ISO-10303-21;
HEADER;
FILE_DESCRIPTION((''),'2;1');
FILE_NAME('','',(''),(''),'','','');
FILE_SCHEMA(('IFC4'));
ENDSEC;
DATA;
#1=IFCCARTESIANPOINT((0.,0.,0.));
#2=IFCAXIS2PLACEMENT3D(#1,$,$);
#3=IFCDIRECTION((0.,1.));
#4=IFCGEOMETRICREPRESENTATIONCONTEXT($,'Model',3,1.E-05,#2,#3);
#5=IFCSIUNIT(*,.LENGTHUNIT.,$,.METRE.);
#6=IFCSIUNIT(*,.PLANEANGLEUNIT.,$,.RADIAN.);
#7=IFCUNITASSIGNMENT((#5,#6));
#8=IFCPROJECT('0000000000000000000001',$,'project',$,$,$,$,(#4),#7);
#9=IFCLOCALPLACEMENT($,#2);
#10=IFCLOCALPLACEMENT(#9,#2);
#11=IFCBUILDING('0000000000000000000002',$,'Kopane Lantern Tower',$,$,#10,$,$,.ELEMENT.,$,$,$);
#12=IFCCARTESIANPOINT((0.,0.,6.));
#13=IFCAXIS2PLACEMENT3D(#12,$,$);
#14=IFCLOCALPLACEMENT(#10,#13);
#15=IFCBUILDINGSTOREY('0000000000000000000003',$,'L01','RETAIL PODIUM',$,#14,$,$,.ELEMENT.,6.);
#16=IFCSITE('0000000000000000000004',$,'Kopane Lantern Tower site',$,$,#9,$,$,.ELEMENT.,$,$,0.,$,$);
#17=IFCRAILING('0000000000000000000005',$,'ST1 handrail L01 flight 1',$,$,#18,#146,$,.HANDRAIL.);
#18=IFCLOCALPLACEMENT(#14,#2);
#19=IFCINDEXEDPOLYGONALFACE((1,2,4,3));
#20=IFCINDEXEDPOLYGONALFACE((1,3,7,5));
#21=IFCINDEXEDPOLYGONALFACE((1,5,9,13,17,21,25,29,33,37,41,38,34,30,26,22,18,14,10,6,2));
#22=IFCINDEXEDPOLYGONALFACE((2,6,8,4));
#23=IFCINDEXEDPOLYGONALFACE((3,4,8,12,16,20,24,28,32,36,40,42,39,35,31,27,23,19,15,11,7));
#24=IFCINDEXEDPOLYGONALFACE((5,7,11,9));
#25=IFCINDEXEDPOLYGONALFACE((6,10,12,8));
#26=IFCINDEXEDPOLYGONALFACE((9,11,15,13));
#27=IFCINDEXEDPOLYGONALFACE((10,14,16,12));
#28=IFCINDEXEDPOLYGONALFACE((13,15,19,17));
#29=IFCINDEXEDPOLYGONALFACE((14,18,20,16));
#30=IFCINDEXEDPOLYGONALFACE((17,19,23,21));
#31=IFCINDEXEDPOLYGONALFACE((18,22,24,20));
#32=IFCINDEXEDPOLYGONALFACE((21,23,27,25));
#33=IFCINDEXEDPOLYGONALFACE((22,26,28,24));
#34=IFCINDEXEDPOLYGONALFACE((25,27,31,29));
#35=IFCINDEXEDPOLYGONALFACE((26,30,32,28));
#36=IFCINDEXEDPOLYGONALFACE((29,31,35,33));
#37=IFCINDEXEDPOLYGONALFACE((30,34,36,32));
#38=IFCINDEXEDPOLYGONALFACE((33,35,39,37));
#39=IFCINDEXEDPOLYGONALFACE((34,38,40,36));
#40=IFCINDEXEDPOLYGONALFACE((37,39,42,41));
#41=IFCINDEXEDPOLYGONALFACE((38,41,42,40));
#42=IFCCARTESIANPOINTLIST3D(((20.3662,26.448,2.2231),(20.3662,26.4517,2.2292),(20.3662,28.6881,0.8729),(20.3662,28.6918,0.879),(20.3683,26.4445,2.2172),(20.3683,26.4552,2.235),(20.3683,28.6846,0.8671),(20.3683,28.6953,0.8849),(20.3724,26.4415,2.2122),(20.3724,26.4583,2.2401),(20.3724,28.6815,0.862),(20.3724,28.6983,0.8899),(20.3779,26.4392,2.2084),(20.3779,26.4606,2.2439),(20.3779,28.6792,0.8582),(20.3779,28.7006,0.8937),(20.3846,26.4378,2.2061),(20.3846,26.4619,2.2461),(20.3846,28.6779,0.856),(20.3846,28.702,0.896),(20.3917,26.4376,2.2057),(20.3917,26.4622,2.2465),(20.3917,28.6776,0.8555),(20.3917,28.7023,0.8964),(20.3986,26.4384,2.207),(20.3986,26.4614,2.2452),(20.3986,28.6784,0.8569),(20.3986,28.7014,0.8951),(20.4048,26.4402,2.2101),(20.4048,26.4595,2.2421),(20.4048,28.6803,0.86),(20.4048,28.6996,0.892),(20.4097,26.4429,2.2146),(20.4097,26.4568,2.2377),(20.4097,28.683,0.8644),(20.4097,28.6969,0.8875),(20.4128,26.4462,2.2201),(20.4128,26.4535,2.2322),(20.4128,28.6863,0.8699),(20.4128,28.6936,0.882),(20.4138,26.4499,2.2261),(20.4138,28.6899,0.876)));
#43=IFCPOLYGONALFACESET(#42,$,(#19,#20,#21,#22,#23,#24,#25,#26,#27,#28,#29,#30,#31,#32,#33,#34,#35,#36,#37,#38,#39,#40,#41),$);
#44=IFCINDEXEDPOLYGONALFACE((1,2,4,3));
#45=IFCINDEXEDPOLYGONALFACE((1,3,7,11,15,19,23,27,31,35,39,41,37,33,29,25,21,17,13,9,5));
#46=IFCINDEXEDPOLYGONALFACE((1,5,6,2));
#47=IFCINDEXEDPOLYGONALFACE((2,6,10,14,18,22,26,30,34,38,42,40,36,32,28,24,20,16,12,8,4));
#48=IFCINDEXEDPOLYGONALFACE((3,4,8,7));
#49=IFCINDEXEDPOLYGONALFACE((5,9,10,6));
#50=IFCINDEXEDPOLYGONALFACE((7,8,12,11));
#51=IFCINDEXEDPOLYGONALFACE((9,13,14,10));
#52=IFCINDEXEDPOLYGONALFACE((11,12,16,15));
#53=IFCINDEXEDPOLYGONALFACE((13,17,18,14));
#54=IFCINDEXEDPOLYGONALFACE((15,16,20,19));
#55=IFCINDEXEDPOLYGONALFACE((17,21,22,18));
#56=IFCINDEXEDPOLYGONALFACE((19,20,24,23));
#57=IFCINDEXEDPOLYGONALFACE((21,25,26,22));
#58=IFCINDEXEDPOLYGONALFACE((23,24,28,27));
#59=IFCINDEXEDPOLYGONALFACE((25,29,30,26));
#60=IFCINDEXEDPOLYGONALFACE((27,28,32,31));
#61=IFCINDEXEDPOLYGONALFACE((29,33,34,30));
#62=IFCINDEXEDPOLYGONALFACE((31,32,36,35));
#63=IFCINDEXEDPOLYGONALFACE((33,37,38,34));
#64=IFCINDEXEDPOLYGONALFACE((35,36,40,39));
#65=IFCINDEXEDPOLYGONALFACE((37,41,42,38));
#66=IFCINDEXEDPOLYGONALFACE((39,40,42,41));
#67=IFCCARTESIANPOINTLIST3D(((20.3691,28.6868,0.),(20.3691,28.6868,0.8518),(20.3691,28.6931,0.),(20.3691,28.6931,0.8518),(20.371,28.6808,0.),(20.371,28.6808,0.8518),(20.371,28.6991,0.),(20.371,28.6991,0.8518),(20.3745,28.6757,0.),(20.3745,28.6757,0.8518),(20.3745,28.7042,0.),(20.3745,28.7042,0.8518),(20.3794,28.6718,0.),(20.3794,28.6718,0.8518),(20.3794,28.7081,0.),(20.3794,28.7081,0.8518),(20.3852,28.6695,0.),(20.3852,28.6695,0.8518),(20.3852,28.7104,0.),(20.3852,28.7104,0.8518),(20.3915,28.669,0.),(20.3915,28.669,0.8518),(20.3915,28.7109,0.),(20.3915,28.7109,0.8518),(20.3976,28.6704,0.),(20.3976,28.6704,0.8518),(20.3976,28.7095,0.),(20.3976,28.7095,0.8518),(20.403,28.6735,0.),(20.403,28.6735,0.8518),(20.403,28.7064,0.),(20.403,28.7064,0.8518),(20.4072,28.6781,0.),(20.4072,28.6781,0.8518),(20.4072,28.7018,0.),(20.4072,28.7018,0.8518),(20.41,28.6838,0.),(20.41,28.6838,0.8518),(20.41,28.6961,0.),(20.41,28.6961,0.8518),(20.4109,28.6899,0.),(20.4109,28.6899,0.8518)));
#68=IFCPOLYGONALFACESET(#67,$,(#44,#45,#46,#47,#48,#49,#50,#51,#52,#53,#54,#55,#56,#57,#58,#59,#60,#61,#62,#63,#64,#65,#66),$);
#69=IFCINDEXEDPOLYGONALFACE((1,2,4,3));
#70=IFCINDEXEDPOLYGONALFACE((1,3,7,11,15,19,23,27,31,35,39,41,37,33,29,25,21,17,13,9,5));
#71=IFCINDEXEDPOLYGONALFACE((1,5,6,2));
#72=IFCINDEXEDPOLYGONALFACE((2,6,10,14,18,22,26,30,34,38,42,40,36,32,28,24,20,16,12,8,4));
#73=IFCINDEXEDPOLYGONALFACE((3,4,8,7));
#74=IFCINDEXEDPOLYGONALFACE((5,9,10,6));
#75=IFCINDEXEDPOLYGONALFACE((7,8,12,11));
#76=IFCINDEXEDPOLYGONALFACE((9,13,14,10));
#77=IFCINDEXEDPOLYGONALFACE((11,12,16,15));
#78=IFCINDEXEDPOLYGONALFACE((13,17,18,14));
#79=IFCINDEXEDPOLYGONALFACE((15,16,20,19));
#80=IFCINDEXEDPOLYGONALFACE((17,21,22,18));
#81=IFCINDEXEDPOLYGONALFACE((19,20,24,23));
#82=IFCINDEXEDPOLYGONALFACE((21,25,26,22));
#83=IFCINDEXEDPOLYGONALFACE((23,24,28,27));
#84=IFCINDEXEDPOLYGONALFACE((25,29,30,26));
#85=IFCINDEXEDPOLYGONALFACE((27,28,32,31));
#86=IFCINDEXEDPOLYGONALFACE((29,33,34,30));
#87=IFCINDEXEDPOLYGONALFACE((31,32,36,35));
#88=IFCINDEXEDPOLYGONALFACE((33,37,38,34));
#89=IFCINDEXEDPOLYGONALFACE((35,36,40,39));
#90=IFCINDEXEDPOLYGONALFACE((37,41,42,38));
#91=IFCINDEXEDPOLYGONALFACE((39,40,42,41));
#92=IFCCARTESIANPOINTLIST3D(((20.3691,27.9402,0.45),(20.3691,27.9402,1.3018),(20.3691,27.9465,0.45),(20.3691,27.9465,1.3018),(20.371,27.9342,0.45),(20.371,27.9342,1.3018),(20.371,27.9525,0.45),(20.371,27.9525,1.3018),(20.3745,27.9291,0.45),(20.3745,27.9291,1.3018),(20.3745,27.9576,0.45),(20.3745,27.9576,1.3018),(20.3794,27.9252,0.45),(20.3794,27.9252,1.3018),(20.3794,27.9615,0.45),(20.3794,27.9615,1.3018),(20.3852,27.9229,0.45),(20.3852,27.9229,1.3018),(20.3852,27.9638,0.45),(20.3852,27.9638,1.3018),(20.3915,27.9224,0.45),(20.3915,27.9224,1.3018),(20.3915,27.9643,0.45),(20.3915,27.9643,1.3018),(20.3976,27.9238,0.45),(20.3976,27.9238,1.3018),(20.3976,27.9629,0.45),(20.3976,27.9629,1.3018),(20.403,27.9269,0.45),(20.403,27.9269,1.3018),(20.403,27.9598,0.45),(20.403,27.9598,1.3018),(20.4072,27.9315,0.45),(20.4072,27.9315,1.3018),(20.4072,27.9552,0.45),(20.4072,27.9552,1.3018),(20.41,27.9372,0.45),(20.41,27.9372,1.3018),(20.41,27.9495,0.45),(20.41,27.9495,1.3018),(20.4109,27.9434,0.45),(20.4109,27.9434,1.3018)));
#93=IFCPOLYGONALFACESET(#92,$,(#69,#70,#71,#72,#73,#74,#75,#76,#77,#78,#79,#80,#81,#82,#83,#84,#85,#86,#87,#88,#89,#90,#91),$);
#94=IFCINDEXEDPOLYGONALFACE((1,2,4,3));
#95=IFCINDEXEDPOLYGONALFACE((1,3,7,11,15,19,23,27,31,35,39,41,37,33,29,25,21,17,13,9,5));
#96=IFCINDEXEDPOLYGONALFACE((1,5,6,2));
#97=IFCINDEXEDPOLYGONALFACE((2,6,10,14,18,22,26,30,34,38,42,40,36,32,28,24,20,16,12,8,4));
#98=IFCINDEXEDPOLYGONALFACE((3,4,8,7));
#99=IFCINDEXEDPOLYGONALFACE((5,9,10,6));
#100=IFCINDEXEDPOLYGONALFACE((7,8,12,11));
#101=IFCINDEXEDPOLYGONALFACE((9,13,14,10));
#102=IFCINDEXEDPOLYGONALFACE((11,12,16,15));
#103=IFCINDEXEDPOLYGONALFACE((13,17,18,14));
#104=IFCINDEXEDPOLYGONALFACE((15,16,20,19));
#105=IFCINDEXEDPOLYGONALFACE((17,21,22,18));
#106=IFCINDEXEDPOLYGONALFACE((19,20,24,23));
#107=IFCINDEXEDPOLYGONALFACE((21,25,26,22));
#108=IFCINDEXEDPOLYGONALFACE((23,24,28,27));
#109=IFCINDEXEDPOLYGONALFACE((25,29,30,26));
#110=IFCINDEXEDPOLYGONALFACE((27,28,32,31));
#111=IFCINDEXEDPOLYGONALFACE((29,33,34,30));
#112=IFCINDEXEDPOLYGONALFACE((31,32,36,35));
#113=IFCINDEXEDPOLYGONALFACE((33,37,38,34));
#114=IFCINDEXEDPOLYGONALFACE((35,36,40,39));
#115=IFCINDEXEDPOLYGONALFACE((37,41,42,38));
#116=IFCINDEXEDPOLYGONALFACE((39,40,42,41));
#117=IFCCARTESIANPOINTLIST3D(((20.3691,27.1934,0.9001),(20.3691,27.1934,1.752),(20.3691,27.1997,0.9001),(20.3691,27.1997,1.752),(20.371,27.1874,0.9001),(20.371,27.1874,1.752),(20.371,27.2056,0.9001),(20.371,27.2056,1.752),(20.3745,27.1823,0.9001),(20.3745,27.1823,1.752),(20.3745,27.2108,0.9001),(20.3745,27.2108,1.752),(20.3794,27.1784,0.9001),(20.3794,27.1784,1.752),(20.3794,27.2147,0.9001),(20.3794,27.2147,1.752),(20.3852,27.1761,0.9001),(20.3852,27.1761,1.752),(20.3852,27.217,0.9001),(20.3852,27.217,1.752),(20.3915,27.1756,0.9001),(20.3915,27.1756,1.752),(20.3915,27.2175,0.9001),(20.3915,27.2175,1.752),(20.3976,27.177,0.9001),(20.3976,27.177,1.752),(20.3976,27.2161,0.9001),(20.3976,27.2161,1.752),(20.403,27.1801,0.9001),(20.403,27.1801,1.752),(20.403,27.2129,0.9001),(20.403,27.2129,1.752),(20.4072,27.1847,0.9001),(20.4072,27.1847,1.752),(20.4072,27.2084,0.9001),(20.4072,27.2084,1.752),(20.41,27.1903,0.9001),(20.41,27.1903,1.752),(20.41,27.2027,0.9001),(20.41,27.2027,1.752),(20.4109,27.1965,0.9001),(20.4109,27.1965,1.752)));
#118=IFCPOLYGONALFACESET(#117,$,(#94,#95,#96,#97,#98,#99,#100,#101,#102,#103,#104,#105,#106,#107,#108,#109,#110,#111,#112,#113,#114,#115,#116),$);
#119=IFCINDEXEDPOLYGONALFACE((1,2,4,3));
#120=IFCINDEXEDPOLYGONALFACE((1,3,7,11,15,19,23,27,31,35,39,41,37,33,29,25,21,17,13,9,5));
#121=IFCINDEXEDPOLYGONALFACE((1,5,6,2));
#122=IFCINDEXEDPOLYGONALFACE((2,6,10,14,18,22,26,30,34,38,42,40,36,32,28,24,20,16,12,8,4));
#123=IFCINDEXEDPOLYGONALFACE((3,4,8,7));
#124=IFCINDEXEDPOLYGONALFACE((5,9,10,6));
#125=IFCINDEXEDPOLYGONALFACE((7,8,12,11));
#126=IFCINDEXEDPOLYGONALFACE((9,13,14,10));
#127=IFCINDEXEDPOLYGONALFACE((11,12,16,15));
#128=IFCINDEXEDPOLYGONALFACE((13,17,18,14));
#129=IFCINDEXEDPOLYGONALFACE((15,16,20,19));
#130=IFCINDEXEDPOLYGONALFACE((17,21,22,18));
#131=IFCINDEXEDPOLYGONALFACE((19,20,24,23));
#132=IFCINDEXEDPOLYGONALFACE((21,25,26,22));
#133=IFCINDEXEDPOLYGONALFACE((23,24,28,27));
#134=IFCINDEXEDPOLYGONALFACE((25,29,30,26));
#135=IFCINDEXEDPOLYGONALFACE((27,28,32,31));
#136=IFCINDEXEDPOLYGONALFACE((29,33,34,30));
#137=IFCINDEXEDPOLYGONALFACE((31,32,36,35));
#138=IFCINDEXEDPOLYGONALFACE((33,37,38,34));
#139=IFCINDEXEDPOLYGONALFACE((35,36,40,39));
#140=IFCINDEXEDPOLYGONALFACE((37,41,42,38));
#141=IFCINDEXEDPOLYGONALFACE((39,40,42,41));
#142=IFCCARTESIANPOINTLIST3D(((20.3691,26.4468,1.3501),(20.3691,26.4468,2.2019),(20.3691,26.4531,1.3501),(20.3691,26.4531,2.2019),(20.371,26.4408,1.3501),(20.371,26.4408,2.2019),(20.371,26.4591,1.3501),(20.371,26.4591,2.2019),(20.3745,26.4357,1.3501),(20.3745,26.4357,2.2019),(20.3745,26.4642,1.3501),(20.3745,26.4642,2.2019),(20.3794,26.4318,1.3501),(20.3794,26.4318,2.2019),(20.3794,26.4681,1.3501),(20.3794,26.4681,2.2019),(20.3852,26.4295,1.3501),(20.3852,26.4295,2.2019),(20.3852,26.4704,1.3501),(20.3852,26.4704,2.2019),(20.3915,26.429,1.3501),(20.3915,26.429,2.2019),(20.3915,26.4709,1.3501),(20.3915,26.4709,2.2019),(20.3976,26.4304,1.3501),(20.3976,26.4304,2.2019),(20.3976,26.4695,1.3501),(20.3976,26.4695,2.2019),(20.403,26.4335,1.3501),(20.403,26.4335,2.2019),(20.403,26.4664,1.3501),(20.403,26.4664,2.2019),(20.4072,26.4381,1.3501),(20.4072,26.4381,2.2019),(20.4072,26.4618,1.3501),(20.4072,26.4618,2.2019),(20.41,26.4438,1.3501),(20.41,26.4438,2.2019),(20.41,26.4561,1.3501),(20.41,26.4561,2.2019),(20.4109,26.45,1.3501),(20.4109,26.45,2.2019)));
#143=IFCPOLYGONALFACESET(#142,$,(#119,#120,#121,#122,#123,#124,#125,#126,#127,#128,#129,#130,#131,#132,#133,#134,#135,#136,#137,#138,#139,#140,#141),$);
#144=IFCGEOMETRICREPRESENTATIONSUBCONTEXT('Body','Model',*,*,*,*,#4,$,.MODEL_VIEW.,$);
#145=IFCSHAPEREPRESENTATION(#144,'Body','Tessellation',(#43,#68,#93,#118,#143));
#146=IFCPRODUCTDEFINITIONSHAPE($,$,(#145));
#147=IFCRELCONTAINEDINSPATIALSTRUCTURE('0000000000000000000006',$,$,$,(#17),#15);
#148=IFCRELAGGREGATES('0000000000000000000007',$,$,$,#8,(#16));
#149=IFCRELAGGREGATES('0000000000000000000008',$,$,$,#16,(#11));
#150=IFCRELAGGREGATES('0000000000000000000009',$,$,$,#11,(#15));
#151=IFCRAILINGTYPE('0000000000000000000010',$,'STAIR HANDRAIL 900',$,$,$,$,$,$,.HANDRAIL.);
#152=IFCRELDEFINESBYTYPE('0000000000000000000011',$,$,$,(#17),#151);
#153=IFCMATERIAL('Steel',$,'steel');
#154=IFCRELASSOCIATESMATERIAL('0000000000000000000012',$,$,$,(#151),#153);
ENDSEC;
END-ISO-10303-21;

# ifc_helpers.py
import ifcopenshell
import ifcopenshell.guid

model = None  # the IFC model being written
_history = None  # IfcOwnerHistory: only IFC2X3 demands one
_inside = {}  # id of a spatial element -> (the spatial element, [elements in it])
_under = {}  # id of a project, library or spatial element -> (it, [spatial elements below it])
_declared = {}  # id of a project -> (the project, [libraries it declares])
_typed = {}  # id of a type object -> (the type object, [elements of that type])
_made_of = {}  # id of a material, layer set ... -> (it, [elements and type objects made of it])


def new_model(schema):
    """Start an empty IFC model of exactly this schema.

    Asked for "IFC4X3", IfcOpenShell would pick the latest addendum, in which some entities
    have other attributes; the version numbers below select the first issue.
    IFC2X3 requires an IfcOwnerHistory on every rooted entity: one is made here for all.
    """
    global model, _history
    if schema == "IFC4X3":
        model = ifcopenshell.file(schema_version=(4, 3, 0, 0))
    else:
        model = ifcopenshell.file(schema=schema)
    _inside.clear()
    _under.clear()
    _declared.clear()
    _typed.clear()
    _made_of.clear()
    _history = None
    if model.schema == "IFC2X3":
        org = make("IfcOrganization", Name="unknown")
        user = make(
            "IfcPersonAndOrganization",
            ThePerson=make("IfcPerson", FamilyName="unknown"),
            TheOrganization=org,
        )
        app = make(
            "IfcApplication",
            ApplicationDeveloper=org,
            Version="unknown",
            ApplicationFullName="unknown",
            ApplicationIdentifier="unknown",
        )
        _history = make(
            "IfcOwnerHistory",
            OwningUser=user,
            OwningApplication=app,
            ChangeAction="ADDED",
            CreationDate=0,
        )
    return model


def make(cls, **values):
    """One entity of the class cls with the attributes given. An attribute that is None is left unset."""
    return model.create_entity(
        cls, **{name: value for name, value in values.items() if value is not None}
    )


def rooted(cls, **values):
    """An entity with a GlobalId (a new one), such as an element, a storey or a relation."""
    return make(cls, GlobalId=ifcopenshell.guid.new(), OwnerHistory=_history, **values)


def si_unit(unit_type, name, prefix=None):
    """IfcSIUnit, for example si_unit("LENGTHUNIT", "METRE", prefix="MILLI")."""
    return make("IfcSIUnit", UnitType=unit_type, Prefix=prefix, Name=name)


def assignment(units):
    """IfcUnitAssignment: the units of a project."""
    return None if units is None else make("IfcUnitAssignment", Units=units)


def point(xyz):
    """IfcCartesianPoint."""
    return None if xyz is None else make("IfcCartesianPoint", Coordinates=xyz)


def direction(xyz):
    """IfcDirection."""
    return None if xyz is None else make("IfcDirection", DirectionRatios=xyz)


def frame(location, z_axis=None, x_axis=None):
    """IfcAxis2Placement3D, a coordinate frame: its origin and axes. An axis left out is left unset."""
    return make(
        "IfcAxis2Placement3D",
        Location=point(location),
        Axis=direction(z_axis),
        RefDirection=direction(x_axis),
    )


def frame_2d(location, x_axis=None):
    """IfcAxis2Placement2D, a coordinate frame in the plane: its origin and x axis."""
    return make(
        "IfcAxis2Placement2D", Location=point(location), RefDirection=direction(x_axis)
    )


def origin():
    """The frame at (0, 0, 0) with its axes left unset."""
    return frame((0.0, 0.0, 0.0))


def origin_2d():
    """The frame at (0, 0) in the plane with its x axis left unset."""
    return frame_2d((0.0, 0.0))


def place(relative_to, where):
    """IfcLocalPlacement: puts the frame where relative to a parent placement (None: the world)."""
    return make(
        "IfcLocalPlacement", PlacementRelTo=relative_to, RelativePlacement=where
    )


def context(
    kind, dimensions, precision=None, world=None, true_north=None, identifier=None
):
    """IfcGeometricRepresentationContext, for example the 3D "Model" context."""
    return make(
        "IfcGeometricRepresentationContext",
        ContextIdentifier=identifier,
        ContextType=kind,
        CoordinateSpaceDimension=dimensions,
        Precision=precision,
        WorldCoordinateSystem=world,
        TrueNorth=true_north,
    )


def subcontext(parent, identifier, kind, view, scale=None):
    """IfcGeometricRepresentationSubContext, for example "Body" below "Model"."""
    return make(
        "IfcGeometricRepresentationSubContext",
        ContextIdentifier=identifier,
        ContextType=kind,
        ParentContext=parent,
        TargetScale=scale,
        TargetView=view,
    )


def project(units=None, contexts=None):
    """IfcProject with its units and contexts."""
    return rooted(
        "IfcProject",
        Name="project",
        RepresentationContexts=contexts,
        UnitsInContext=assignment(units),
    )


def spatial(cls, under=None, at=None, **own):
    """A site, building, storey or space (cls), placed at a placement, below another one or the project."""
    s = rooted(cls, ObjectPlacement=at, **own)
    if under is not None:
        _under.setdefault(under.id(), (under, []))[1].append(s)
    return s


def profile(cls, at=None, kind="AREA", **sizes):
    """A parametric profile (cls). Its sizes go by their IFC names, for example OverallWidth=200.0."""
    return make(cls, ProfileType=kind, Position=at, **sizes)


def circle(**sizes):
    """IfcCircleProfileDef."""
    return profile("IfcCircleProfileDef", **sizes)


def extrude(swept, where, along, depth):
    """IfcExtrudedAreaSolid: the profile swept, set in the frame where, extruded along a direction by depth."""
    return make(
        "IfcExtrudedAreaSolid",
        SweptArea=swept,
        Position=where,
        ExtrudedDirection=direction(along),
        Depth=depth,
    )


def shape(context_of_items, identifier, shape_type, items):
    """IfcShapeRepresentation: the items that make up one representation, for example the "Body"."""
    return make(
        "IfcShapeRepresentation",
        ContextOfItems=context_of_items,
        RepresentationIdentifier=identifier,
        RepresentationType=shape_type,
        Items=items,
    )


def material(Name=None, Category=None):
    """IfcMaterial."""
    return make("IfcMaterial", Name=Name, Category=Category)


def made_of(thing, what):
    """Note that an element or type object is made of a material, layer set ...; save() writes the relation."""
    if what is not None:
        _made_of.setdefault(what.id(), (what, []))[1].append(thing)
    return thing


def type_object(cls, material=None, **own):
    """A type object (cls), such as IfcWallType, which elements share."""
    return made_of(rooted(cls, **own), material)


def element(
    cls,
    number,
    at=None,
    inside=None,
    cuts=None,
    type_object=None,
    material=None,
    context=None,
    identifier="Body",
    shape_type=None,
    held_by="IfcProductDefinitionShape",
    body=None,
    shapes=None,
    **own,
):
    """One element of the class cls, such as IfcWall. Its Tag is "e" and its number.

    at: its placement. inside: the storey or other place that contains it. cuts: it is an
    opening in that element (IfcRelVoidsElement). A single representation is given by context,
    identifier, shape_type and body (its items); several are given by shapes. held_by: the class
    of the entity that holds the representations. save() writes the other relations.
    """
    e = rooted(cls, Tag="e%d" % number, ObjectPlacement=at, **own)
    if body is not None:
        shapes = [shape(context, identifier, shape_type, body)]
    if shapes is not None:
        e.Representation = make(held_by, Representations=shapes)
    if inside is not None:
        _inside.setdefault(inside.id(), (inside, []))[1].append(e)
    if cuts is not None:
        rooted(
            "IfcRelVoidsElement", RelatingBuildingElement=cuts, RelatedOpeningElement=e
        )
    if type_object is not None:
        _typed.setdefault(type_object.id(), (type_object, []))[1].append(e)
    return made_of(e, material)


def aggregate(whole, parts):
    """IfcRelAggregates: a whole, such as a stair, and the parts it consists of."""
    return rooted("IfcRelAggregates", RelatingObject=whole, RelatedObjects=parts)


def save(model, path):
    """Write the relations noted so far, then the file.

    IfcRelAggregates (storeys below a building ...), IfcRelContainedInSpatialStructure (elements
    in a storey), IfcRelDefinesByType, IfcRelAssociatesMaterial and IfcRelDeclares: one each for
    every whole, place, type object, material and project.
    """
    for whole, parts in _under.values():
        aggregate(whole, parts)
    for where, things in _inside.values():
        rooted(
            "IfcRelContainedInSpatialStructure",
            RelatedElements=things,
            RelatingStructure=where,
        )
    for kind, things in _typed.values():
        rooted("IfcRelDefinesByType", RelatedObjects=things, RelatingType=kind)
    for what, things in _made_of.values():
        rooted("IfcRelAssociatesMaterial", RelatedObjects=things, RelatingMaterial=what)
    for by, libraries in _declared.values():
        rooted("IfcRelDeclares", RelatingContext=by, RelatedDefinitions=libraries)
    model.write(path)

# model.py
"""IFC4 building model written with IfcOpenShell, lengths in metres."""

from ifc_helpers import new_model, si_unit, direction, frame, origin, origin_2d, place, context, subcontext, project, spatial, circle, extrude, material, type_object, element, save


model = new_model("IFC4")

# Units and contexts
model_context = context("Model", 3, precision=1e-05, world=origin(), true_north=direction((0.0, 1.0)))
body_context = subcontext(model_context, "Body", "Model", "MODEL_VIEW")
ifc_project = project(units=[si_unit("LENGTHUNIT", "METRE"), si_unit("PLANEANGLEUNIT", "RADIAN")], contexts=[model_context])

# Site, building, storey
site_placement = place(None, origin())
site = spatial("IfcSite", under=ifc_project, at=site_placement, Name="Kopane Lantern Tower site", CompositionType="ELEMENT", RefElevation=0.0)
building_placement = place(site_placement, origin())
building = spatial("IfcBuilding", under=site, at=building_placement, Name="Kopane Lantern Tower", CompositionType="ELEMENT")
storey_placement = place(building_placement, frame((0.0, 0.0, 6.0)))
storey = spatial("IfcBuildingStorey", under=building, at=storey_placement, Name="L01", Description="RETAIL PODIUM", CompositionType="ELEMENT", Elevation=6.0)

# Railing
ifc_material_1 = material(Name="Steel", Category="steel")
railing_type_1 = type_object("IfcRailingType", Name="STAIR HANDRAIL 900", PredefinedType="HANDRAIL", material=ifc_material_1)
for number, where, name in (
    (1, (20.3899, 28.6899, 0.0), "ST1 handrail L01 flight 1"),
):
    element("IfcRailing", number, at=place(storey_placement, frame(where)), inside=storey, type_object=railing_type_1, Name=name, PredefinedType="HANDRAIL", context=body_context, shape_type="SweptSolid", body=[
        extrude(circle(Radius=0.0239, at=origin_2d()), frame((0.0, 0.0, 0.876), z_axis=(0.0, -0.856462, 0.516211), x_axis=(1.0, 0.0, 0.0)), (0.0, 0.0, 1.0), 2.6155),
        extrude(circle(Radius=0.021, at=origin_2d()), origin(), (0.0, 0.0, 1.0), 0.8518),
        extrude(circle(Radius=0.021, at=origin_2d()), frame((0.0, -0.7466, 0.45)), (0.0, 0.0, 1.0), 0.8518),
        extrude(circle(Radius=0.021, at=origin_2d()), frame((0.0, -1.4934, 0.9001)), (0.0, 0.0, 1.0), 0.8518),
        extrude(circle(Radius=0.021, at=origin_2d()), frame((0.0, -2.24, 1.3501)), (0.0, 0.0, 1.0), 0.8518),
    ])

save(model, "model.ifc")
